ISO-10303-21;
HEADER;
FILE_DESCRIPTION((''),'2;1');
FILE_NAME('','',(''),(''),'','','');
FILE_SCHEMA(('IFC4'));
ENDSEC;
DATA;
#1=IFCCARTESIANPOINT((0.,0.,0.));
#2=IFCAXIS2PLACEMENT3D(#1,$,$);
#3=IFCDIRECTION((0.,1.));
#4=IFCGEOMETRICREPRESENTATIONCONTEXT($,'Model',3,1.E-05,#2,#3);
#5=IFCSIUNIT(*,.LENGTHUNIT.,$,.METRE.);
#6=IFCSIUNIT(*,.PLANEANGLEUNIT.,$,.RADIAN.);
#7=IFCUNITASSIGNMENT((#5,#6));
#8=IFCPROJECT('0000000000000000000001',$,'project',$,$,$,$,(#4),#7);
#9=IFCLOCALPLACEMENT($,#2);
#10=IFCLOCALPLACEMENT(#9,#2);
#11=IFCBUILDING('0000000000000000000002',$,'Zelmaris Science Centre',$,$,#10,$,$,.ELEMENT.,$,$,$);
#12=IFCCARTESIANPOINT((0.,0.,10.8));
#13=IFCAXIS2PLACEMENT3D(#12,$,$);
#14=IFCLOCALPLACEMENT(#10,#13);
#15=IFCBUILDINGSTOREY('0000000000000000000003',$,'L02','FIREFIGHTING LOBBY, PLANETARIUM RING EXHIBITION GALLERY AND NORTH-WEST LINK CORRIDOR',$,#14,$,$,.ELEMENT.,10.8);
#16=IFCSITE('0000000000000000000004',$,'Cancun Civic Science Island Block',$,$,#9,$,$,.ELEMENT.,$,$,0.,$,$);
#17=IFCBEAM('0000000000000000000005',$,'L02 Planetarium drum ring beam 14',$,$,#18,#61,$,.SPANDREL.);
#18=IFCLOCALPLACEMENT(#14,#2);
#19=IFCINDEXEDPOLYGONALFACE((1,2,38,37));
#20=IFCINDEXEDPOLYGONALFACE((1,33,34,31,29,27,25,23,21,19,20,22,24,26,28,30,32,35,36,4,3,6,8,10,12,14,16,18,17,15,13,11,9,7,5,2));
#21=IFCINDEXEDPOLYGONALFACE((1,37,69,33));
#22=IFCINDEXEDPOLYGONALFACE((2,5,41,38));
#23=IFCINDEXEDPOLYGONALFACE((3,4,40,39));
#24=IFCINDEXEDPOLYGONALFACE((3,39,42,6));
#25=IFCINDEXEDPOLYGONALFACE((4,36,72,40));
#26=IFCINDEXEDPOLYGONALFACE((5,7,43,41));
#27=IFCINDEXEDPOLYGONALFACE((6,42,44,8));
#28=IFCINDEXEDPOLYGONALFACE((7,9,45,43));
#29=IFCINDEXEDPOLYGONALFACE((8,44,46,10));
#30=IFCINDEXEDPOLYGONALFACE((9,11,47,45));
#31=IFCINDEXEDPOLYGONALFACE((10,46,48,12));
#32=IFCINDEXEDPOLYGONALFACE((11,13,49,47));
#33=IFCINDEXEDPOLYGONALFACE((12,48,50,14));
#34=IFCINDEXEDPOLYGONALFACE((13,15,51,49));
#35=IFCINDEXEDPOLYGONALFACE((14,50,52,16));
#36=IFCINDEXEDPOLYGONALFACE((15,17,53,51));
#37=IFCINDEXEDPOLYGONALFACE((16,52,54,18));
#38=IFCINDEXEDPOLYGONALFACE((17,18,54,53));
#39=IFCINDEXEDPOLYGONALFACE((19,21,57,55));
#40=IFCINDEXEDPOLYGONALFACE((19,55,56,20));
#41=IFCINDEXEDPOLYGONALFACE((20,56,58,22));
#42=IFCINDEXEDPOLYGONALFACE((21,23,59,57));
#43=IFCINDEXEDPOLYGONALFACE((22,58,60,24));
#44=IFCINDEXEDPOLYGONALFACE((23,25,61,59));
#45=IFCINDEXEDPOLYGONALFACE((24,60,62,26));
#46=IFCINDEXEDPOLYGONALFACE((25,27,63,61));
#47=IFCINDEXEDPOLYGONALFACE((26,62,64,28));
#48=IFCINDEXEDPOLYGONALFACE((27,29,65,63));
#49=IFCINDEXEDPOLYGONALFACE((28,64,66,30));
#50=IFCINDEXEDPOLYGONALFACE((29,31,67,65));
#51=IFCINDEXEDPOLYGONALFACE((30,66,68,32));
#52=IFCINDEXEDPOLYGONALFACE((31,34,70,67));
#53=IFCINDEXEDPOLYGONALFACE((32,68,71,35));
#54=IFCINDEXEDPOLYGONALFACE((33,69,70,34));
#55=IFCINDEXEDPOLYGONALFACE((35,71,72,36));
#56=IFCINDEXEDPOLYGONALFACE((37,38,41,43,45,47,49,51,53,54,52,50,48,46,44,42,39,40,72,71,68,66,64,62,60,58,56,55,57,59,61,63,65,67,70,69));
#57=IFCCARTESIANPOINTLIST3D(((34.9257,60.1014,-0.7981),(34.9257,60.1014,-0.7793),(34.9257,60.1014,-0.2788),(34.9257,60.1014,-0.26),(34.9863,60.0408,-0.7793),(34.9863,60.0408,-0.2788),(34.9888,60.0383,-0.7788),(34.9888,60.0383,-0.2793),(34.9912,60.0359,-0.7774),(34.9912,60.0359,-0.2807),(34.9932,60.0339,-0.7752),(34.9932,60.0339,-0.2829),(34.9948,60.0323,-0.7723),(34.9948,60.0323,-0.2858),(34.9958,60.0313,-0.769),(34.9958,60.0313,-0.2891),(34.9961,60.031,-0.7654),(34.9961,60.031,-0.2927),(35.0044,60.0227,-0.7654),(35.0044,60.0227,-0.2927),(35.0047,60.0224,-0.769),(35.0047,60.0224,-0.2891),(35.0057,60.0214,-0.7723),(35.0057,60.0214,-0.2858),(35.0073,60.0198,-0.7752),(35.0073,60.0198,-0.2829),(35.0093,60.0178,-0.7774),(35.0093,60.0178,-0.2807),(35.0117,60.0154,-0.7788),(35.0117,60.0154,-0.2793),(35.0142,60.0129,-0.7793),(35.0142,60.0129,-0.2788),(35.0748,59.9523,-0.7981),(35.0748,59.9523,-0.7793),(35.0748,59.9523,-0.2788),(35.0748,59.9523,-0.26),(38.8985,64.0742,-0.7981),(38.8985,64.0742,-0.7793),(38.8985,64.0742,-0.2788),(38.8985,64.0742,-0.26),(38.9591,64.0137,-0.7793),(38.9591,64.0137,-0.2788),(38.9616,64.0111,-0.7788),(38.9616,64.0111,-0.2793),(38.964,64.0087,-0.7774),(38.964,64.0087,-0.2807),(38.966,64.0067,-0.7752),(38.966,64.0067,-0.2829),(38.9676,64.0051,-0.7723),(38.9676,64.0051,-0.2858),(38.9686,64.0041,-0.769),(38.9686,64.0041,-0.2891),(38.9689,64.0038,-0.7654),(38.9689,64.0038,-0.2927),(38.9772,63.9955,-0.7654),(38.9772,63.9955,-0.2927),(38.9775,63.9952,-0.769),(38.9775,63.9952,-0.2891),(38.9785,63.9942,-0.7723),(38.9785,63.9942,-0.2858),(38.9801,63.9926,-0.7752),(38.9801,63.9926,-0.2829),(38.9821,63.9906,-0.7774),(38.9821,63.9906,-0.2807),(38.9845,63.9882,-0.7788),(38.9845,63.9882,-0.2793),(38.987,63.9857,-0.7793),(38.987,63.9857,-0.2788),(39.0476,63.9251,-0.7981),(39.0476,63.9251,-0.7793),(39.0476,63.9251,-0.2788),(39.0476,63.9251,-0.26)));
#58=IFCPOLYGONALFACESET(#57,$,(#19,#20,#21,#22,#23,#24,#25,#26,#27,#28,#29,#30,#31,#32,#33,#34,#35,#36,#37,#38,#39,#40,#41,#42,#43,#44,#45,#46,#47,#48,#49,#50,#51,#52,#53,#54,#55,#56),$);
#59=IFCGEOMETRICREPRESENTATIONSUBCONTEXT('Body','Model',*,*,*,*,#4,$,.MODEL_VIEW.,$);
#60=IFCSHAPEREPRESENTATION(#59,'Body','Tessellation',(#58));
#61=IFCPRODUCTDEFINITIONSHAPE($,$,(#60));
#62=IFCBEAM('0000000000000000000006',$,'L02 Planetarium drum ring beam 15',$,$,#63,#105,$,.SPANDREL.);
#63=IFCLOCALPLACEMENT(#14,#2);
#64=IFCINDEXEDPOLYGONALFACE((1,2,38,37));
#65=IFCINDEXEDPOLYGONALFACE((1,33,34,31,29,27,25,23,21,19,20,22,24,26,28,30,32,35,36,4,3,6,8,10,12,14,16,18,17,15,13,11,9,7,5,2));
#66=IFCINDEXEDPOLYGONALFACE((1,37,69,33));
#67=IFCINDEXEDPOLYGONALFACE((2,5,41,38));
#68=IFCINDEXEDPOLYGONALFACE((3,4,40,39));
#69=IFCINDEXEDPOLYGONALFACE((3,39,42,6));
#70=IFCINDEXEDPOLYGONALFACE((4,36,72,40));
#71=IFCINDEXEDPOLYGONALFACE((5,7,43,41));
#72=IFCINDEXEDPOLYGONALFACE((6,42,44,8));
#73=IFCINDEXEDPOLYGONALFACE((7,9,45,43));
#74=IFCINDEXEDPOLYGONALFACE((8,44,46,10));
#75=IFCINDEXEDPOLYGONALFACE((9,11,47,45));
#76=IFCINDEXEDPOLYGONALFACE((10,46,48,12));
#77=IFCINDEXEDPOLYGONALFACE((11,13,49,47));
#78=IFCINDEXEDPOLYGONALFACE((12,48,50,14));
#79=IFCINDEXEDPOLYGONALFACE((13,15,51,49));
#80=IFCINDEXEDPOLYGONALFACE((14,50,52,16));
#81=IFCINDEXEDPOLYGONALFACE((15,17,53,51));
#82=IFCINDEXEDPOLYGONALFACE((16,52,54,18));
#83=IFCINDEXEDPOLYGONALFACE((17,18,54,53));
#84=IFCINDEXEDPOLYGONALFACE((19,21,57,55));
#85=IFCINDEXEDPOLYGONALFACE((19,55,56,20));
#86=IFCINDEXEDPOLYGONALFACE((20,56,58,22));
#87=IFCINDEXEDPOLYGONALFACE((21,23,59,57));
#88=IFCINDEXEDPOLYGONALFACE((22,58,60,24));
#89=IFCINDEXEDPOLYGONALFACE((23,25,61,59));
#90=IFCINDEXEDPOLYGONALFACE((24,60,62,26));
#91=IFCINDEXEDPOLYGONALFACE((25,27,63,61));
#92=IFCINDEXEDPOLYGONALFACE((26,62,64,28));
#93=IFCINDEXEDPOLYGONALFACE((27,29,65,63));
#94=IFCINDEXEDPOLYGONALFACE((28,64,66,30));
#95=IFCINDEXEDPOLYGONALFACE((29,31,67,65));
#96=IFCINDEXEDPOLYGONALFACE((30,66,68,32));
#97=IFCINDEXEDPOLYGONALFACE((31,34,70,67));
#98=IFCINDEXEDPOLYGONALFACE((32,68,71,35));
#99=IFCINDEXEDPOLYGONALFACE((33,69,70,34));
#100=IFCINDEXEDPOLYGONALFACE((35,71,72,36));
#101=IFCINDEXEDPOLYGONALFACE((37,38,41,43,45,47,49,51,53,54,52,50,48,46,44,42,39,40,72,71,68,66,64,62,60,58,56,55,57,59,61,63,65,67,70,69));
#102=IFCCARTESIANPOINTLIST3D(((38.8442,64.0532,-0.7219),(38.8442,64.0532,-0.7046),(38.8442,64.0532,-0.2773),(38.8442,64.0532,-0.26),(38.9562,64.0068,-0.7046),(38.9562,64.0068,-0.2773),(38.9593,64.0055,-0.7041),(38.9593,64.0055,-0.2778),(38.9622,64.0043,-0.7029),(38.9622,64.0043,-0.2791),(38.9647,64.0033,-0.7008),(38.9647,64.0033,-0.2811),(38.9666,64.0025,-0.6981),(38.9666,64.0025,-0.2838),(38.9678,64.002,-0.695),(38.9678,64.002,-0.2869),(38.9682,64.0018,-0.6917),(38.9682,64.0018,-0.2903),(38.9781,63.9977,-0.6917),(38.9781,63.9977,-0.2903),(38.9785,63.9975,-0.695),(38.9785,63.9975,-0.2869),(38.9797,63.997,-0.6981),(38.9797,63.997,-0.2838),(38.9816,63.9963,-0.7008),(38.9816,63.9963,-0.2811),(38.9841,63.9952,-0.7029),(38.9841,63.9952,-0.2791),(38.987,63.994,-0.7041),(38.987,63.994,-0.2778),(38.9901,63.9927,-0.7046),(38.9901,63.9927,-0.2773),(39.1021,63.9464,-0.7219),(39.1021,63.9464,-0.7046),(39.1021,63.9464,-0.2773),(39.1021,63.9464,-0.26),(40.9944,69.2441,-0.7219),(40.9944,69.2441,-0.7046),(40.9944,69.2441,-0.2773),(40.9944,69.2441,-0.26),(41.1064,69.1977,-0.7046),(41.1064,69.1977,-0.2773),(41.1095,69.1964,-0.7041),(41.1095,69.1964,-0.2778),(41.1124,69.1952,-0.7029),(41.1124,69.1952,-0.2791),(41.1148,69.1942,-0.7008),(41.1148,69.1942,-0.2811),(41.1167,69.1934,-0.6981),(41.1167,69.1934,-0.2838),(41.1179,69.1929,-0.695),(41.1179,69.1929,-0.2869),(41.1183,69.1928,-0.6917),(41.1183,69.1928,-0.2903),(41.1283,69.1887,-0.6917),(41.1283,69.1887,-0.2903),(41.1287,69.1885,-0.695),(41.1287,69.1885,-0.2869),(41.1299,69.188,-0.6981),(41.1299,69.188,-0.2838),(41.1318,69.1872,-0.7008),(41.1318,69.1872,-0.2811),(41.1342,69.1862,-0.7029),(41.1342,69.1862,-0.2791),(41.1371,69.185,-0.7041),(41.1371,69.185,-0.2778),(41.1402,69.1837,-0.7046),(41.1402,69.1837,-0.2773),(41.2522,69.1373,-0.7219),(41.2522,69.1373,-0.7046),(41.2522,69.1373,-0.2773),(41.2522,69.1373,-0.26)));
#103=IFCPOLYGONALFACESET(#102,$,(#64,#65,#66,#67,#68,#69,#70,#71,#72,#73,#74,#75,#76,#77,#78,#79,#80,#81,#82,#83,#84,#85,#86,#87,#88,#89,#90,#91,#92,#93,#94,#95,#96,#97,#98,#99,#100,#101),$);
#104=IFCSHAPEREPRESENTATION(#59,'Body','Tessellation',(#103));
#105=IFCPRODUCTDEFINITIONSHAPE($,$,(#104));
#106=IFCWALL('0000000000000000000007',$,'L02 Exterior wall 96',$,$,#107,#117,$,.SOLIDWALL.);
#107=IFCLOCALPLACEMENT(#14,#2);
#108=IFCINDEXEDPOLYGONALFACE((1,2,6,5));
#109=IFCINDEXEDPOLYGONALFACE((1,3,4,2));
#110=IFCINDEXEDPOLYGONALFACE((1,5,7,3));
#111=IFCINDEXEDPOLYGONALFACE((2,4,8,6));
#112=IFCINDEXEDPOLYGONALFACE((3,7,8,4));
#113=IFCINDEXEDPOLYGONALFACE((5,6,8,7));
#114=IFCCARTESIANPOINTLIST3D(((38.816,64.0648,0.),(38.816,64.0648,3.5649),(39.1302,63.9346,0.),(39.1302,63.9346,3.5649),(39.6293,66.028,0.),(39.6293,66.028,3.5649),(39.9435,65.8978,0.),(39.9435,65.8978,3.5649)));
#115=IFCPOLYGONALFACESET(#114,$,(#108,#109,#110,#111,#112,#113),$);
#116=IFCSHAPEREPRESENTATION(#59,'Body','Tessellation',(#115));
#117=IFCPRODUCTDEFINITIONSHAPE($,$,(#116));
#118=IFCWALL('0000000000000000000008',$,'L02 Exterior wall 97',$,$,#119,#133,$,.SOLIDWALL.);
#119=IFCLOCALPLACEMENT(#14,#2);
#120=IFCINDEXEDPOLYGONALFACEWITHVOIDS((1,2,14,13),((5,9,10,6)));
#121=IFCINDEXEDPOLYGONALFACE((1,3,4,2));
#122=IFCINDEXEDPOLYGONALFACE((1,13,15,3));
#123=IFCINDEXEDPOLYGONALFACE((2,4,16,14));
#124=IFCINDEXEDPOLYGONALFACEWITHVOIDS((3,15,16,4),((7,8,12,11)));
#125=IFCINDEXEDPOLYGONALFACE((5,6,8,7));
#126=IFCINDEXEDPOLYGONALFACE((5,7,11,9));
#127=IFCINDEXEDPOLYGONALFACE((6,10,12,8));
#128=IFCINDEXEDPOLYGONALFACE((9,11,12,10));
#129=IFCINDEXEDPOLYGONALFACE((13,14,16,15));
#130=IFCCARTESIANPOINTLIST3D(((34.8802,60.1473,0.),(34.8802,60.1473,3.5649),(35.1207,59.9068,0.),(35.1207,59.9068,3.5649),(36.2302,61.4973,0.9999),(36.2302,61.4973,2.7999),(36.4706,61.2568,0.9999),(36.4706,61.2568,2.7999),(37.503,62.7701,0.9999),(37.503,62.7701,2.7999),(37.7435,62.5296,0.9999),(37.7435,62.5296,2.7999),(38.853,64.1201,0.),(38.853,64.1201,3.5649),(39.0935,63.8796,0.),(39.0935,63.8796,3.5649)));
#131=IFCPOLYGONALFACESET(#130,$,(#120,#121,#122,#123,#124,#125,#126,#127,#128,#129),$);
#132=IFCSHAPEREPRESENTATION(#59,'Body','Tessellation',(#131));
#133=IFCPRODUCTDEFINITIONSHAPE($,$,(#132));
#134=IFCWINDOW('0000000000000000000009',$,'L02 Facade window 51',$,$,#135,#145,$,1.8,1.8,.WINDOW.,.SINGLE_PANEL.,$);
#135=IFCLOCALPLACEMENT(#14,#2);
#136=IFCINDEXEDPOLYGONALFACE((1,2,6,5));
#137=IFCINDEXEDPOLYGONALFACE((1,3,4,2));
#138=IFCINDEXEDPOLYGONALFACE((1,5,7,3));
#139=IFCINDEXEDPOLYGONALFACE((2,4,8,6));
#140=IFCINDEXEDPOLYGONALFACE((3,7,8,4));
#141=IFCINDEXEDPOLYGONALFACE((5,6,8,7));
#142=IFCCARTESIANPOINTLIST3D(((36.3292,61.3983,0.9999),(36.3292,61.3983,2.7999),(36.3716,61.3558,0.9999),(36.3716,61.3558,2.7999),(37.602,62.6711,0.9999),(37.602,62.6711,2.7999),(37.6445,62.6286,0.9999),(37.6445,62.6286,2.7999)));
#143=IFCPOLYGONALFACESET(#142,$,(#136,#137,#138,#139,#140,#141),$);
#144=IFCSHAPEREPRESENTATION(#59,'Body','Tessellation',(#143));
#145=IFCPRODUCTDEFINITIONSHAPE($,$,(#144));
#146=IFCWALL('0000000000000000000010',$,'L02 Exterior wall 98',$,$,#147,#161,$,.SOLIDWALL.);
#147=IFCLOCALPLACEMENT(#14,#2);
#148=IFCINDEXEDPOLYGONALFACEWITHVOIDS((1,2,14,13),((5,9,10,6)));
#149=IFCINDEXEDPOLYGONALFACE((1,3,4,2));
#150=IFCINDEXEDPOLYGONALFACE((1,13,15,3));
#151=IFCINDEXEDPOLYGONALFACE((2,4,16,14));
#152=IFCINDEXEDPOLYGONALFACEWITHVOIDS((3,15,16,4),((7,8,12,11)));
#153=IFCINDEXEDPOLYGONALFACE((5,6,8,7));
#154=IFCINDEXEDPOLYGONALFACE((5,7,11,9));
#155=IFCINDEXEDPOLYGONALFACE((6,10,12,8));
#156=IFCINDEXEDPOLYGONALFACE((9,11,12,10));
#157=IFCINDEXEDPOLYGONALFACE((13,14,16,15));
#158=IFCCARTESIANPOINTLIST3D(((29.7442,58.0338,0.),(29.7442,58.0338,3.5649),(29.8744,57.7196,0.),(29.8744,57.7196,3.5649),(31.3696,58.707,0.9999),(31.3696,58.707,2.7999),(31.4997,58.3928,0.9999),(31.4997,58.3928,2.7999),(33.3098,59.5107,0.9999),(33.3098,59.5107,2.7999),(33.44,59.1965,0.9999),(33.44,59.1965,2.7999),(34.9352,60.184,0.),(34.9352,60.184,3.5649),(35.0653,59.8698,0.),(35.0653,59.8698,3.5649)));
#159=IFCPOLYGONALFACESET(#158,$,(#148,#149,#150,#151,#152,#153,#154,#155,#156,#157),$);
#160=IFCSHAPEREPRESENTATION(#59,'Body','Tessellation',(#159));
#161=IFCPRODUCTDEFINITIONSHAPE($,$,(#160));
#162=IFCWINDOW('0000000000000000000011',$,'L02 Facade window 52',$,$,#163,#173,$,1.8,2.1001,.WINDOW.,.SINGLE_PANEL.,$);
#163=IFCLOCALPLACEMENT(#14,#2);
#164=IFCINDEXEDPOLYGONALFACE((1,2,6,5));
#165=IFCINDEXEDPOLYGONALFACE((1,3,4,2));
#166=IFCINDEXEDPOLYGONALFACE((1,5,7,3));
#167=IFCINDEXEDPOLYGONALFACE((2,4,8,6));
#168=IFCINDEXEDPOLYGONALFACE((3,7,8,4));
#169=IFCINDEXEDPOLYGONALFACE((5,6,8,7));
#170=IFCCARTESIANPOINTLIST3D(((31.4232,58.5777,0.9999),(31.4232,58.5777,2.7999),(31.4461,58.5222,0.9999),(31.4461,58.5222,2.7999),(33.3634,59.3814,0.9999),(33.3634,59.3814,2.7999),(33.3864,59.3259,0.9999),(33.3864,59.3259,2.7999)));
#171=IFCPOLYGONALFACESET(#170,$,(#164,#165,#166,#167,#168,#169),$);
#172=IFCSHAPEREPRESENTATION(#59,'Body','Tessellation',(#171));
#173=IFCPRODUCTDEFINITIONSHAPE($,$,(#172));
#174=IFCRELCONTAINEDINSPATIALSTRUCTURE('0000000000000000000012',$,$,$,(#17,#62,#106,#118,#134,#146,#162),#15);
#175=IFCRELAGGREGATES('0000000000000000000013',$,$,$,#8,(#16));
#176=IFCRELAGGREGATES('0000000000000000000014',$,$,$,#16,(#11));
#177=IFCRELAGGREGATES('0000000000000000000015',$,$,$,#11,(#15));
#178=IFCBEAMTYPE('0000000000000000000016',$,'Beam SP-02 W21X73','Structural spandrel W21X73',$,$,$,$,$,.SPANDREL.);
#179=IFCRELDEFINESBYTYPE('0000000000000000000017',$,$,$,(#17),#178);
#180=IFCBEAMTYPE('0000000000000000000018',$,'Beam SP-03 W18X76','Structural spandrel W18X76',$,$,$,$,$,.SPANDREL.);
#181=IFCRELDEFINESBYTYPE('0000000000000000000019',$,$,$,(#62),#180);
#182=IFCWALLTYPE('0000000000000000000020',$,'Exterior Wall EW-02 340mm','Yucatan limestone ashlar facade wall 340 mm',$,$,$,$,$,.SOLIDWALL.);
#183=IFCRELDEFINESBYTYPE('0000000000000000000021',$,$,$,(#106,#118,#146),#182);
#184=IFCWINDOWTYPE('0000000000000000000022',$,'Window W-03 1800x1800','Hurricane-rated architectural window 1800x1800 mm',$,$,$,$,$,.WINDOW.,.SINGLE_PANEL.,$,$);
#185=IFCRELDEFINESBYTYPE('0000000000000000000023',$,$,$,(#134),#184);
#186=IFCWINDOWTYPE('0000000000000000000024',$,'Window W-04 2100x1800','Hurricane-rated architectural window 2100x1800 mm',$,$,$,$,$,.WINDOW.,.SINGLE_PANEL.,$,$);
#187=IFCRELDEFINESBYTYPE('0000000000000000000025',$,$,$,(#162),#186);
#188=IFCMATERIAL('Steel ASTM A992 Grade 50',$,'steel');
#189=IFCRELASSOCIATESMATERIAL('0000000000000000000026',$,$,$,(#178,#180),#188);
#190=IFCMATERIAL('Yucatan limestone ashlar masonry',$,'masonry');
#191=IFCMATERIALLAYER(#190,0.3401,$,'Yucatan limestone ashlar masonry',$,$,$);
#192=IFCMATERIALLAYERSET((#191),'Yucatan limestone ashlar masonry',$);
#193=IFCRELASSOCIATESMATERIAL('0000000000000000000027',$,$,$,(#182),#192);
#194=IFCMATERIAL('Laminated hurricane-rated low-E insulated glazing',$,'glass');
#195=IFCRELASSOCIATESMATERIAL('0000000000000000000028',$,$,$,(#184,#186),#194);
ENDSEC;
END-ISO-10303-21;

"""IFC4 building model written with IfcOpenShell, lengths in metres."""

from ifc_helpers import new_model, si_unit, direction, frame, frame_2d, origin, origin_2d, place, context, subcontext, project, spatial, rectangle, i_section, extrude, material, layer, layer_set, material_profile, profile_set, type_object, element, fill, save


model = new_model("IFC4")

# Units and contexts
model_context = context("Model", 3, precision=1e-05, world=origin(), true_north=direction((0.0, 1.0)))
body_context = subcontext(model_context, "Body", "Model", "MODEL_VIEW")
ifc_project = project(units=[si_unit("LENGTHUNIT", "METRE"), si_unit("PLANEANGLEUNIT", "RADIAN")], contexts=[model_context])

# Site, building, storey
site_placement = place(None, origin())
site = spatial("IfcSite", under=ifc_project, at=site_placement, Name="Cancun Civic Science Island Block", CompositionType="ELEMENT", RefElevation=0.0)
building_placement = place(site_placement, origin())
building = spatial("IfcBuilding", under=site, at=building_placement, Name="Zelmaris Science Centre", CompositionType="ELEMENT")
storey_placement = place(building_placement, frame((0.0, 0.0, 10.8)))
storey = spatial("IfcBuildingStorey", under=building, at=storey_placement, Name="L02", Description="FIREFIGHTING LOBBY, PLANETARIUM RING EXHIBITION GALLERY AND NORTH-WEST LINK CORRIDOR", CompositionType="ELEMENT", Elevation=10.8)

# Shared definitions
ifc_material_1 = material(Name="Steel ASTM A992 Grade 50", Category="steel")

# Beams
ifc_material_profile_1 = material_profile(ifc_material_1, i_section(OverallWidth=0.2109, OverallDepth=0.5381, WebThickness=0.0117, FlangeThickness=0.0188, FilletRadius=0.0139, at=origin_2d()), Name="W21X73")
ifc_profile_set_1 = profile_set([ifc_material_profile_1], Name="Steel ASTM A992 Grade 50")
beam_type_1 = type_object("IfcBeamType", Name="Beam SP-02 W21X73", Description="Structural spandrel W21X73", PredefinedType="SPANDREL", material=ifc_profile_set_1)
beam_1_placement = place(storey_placement, frame((35.0002, 60.0269, -0.5291), z_axis=(0.707107, 0.707107, 0.0), x_axis=(-0.707107, 0.707107, 0.0)))
element("IfcBeam", 1, at=beam_1_placement, inside=storey, type_object=beam_type_1, Name="L02 Planetarium drum ring beam 14", PredefinedType="SPANDREL", context=body_context, shape_type="SweptSolid", body=[
    extrude(i_section(OverallWidth=0.2109, OverallDepth=0.5381, WebThickness=0.0117, FlangeThickness=0.0188, FilletRadius=0.0139, at=origin_2d()), origin(), (0.0, 0.0, 1.0), 5.6184),
])
ifc_material_profile_2 = material_profile(ifc_material_1, i_section(OverallWidth=0.2791, OverallDepth=0.4619, WebThickness=0.0107, FlangeThickness=0.0173, FilletRadius=0.0129, at=origin_2d()), Name="W18X76")
ifc_profile_set_2 = profile_set([ifc_material_profile_2], Name="Steel ASTM A992 Grade 50")
beam_type_2 = type_object("IfcBeamType", Name="Beam SP-03 W18X76", Description="Structural spandrel W18X76", PredefinedType="SPANDREL", material=ifc_profile_set_2)
beam_2_placement = place(storey_placement, frame((38.9731, 63.9998, -0.491), z_axis=(0.382683, 0.92388, 0.0), x_axis=(-0.92388, 0.382683, 0.0)))
element("IfcBeam", 2, at=beam_2_placement, inside=storey, type_object=beam_type_2, Name="L02 Planetarium drum ring beam 15", PredefinedType="SPANDREL", context=body_context, shape_type="SweptSolid", body=[
    extrude(i_section(OverallWidth=0.2791, OverallDepth=0.4619, WebThickness=0.0107, FlangeThickness=0.0173, FilletRadius=0.0129, at=origin_2d()), origin(), (0.0, 0.0, 1.0), 5.6187),
])

# Wall
ifc_material_2 = material(Name="Yucatan limestone ashlar masonry", Category="masonry")
ifc_layer_1 = layer(ifc_material_2, 0.3401, Name="Yucatan limestone ashlar masonry")
ifc_layer_set_1 = layer_set([ifc_layer_1], Name="Yucatan limestone ashlar masonry")
wall_type = type_object("IfcWallType", Name="Exterior Wall EW-02 340mm", Description="Yucatan limestone ashlar facade wall 340 mm", PredefinedType="SOLIDWALL", material=ifc_layer_set_1)
wall_1_placement = place(storey_placement, frame((39.7864, 65.9629, 0.0), z_axis=(0.0, 0.0, 1.0), x_axis=(-0.382714, -0.923867, 0.0)))
element("IfcWall", 3, at=wall_1_placement, inside=storey, type_object=wall_type, Name="L02 Exterior wall 96", PredefinedType="SOLIDWALL", context=body_context, shape_type="SweptSolid", body=[
    extrude(rectangle(XDim=2.125, YDim=0.3401, at=frame_2d((1.0625, 0.0))), origin(), (0.0, 0.0, 1.0), 3.5649),
])

# Walls, openings, windows
wall_2_placement = place(storey_placement, frame((38.9731, 63.9998, 0.0), z_axis=(0.0, 0.0, 1.0), x_axis=(-0.707107, -0.707107, 0.0)))
wall_2 = element("IfcWall", 4, at=wall_2_placement, inside=storey, type_object=wall_type, Name="L02 Exterior wall 97", PredefinedType="SOLIDWALL", context=body_context, shape_type="SweptSolid", body=[
    extrude(rectangle(XDim=5.6184, YDim=0.3401, at=frame_2d((2.8091, 0.0))), origin(), (0.0, 0.0, 1.0), 3.5649),
])
opening_1_placement = place(wall_2_placement, frame((1.9092, 0.0, 1.0)))
opening_1 = element("IfcOpeningElement", 5, at=opening_1_placement, cuts=wall_2, PredefinedType="OPENING", context=body_context, shape_type="SweptSolid", body=[
    extrude(rectangle(XDim=1.8, YDim=1.8, at=frame_2d((0.8999, 0.8999))), frame((0.0, 0.1799, 0.0), z_axis=(0.0, -1.0, 0.0), x_axis=(1.0, 0.0, 0.0)), (0.0, 0.0, 1.0), 0.3601),
])
ifc_material_3 = material(Name="Laminated hurricane-rated low-E insulated glazing", Category="glass")
window_type_1 = type_object("IfcWindowType", Name="Window W-03 1800x1800", Description="Hurricane-rated architectural window 1800x1800 mm", PartitioningType="SINGLE_PANEL", PredefinedType="WINDOW", material=ifc_material_3)
window_1_placement = place(opening_1_placement, origin())
window_1 = element("IfcWindow", 6, at=window_1_placement, inside=storey, type_object=window_type_1, Name="L02 Facade window 51", OverallHeight=1.8, OverallWidth=1.8, PartitioningType="SINGLE_PANEL", PredefinedType="WINDOW", context=body_context, shape_type="SweptSolid", body=[
    extrude(rectangle(XDim=1.8, YDim=1.8, at=frame_2d((0.8999, 0.8999))), frame((0.0, 0.03, 0.0), z_axis=(0.0, -1.0, 0.0), x_axis=(1.0, 0.0, 0.0)), (0.0, 0.0, 1.0), 0.0601),
])
fill(opening_1, window_1)
wall_3_placement = place(storey_placement, frame((35.0002, 60.0269, 0.0), z_axis=(0.0, 0.0, 1.0), x_axis=(-0.92388, -0.382683, 0.0)))
wall_3 = element("IfcWall", 7, at=wall_3_placement, inside=storey, type_object=wall_type, Name="L02 Exterior wall 98", PredefinedType="SOLIDWALL", context=body_context, shape_type="SweptSolid", body=[
    extrude(rectangle(XDim=5.6187, YDim=0.3401, at=frame_2d((2.8093, 0.0))), origin(), (0.0, 0.0, 1.0), 3.5649),
])
opening_2_placement = place(wall_3_placement, frame((1.7593, 0.0, 1.0)))
opening_2 = element("IfcOpeningElement", 8, at=opening_2_placement, cuts=wall_3, PredefinedType="OPENING", context=body_context, shape_type="SweptSolid", body=[
    extrude(rectangle(XDim=2.1001, YDim=1.8, at=frame_2d((1.05, 0.8999))), frame((0.0, 0.1799, 0.0), z_axis=(0.0, -1.0, 0.0), x_axis=(1.0, 0.0, 0.0)), (0.0, 0.0, 1.0), 0.3601),
])
window_type_2 = type_object("IfcWindowType", Name="Window W-04 2100x1800", Description="Hurricane-rated architectural window 2100x1800 mm", PartitioningType="SINGLE_PANEL", PredefinedType="WINDOW", material=ifc_material_3)
window_2_placement = place(opening_2_placement, origin())
window_2 = element("IfcWindow", 9, at=window_2_placement, inside=storey, type_object=window_type_2, Name="L02 Facade window 52", OverallHeight=1.8, OverallWidth=2.1001, PartitioningType="SINGLE_PANEL", PredefinedType="WINDOW", context=body_context, shape_type="SweptSolid", body=[
    extrude(rectangle(XDim=2.1001, YDim=1.8, at=frame_2d((1.05, 0.8999))), frame((0.0, 0.03, 0.0), z_axis=(0.0, -1.0, 0.0), x_axis=(1.0, 0.0, 0.0)), (0.0, 0.0, 1.0), 0.0601),
])
fill(opening_2, window_2)

save(model, "model.ifc")
